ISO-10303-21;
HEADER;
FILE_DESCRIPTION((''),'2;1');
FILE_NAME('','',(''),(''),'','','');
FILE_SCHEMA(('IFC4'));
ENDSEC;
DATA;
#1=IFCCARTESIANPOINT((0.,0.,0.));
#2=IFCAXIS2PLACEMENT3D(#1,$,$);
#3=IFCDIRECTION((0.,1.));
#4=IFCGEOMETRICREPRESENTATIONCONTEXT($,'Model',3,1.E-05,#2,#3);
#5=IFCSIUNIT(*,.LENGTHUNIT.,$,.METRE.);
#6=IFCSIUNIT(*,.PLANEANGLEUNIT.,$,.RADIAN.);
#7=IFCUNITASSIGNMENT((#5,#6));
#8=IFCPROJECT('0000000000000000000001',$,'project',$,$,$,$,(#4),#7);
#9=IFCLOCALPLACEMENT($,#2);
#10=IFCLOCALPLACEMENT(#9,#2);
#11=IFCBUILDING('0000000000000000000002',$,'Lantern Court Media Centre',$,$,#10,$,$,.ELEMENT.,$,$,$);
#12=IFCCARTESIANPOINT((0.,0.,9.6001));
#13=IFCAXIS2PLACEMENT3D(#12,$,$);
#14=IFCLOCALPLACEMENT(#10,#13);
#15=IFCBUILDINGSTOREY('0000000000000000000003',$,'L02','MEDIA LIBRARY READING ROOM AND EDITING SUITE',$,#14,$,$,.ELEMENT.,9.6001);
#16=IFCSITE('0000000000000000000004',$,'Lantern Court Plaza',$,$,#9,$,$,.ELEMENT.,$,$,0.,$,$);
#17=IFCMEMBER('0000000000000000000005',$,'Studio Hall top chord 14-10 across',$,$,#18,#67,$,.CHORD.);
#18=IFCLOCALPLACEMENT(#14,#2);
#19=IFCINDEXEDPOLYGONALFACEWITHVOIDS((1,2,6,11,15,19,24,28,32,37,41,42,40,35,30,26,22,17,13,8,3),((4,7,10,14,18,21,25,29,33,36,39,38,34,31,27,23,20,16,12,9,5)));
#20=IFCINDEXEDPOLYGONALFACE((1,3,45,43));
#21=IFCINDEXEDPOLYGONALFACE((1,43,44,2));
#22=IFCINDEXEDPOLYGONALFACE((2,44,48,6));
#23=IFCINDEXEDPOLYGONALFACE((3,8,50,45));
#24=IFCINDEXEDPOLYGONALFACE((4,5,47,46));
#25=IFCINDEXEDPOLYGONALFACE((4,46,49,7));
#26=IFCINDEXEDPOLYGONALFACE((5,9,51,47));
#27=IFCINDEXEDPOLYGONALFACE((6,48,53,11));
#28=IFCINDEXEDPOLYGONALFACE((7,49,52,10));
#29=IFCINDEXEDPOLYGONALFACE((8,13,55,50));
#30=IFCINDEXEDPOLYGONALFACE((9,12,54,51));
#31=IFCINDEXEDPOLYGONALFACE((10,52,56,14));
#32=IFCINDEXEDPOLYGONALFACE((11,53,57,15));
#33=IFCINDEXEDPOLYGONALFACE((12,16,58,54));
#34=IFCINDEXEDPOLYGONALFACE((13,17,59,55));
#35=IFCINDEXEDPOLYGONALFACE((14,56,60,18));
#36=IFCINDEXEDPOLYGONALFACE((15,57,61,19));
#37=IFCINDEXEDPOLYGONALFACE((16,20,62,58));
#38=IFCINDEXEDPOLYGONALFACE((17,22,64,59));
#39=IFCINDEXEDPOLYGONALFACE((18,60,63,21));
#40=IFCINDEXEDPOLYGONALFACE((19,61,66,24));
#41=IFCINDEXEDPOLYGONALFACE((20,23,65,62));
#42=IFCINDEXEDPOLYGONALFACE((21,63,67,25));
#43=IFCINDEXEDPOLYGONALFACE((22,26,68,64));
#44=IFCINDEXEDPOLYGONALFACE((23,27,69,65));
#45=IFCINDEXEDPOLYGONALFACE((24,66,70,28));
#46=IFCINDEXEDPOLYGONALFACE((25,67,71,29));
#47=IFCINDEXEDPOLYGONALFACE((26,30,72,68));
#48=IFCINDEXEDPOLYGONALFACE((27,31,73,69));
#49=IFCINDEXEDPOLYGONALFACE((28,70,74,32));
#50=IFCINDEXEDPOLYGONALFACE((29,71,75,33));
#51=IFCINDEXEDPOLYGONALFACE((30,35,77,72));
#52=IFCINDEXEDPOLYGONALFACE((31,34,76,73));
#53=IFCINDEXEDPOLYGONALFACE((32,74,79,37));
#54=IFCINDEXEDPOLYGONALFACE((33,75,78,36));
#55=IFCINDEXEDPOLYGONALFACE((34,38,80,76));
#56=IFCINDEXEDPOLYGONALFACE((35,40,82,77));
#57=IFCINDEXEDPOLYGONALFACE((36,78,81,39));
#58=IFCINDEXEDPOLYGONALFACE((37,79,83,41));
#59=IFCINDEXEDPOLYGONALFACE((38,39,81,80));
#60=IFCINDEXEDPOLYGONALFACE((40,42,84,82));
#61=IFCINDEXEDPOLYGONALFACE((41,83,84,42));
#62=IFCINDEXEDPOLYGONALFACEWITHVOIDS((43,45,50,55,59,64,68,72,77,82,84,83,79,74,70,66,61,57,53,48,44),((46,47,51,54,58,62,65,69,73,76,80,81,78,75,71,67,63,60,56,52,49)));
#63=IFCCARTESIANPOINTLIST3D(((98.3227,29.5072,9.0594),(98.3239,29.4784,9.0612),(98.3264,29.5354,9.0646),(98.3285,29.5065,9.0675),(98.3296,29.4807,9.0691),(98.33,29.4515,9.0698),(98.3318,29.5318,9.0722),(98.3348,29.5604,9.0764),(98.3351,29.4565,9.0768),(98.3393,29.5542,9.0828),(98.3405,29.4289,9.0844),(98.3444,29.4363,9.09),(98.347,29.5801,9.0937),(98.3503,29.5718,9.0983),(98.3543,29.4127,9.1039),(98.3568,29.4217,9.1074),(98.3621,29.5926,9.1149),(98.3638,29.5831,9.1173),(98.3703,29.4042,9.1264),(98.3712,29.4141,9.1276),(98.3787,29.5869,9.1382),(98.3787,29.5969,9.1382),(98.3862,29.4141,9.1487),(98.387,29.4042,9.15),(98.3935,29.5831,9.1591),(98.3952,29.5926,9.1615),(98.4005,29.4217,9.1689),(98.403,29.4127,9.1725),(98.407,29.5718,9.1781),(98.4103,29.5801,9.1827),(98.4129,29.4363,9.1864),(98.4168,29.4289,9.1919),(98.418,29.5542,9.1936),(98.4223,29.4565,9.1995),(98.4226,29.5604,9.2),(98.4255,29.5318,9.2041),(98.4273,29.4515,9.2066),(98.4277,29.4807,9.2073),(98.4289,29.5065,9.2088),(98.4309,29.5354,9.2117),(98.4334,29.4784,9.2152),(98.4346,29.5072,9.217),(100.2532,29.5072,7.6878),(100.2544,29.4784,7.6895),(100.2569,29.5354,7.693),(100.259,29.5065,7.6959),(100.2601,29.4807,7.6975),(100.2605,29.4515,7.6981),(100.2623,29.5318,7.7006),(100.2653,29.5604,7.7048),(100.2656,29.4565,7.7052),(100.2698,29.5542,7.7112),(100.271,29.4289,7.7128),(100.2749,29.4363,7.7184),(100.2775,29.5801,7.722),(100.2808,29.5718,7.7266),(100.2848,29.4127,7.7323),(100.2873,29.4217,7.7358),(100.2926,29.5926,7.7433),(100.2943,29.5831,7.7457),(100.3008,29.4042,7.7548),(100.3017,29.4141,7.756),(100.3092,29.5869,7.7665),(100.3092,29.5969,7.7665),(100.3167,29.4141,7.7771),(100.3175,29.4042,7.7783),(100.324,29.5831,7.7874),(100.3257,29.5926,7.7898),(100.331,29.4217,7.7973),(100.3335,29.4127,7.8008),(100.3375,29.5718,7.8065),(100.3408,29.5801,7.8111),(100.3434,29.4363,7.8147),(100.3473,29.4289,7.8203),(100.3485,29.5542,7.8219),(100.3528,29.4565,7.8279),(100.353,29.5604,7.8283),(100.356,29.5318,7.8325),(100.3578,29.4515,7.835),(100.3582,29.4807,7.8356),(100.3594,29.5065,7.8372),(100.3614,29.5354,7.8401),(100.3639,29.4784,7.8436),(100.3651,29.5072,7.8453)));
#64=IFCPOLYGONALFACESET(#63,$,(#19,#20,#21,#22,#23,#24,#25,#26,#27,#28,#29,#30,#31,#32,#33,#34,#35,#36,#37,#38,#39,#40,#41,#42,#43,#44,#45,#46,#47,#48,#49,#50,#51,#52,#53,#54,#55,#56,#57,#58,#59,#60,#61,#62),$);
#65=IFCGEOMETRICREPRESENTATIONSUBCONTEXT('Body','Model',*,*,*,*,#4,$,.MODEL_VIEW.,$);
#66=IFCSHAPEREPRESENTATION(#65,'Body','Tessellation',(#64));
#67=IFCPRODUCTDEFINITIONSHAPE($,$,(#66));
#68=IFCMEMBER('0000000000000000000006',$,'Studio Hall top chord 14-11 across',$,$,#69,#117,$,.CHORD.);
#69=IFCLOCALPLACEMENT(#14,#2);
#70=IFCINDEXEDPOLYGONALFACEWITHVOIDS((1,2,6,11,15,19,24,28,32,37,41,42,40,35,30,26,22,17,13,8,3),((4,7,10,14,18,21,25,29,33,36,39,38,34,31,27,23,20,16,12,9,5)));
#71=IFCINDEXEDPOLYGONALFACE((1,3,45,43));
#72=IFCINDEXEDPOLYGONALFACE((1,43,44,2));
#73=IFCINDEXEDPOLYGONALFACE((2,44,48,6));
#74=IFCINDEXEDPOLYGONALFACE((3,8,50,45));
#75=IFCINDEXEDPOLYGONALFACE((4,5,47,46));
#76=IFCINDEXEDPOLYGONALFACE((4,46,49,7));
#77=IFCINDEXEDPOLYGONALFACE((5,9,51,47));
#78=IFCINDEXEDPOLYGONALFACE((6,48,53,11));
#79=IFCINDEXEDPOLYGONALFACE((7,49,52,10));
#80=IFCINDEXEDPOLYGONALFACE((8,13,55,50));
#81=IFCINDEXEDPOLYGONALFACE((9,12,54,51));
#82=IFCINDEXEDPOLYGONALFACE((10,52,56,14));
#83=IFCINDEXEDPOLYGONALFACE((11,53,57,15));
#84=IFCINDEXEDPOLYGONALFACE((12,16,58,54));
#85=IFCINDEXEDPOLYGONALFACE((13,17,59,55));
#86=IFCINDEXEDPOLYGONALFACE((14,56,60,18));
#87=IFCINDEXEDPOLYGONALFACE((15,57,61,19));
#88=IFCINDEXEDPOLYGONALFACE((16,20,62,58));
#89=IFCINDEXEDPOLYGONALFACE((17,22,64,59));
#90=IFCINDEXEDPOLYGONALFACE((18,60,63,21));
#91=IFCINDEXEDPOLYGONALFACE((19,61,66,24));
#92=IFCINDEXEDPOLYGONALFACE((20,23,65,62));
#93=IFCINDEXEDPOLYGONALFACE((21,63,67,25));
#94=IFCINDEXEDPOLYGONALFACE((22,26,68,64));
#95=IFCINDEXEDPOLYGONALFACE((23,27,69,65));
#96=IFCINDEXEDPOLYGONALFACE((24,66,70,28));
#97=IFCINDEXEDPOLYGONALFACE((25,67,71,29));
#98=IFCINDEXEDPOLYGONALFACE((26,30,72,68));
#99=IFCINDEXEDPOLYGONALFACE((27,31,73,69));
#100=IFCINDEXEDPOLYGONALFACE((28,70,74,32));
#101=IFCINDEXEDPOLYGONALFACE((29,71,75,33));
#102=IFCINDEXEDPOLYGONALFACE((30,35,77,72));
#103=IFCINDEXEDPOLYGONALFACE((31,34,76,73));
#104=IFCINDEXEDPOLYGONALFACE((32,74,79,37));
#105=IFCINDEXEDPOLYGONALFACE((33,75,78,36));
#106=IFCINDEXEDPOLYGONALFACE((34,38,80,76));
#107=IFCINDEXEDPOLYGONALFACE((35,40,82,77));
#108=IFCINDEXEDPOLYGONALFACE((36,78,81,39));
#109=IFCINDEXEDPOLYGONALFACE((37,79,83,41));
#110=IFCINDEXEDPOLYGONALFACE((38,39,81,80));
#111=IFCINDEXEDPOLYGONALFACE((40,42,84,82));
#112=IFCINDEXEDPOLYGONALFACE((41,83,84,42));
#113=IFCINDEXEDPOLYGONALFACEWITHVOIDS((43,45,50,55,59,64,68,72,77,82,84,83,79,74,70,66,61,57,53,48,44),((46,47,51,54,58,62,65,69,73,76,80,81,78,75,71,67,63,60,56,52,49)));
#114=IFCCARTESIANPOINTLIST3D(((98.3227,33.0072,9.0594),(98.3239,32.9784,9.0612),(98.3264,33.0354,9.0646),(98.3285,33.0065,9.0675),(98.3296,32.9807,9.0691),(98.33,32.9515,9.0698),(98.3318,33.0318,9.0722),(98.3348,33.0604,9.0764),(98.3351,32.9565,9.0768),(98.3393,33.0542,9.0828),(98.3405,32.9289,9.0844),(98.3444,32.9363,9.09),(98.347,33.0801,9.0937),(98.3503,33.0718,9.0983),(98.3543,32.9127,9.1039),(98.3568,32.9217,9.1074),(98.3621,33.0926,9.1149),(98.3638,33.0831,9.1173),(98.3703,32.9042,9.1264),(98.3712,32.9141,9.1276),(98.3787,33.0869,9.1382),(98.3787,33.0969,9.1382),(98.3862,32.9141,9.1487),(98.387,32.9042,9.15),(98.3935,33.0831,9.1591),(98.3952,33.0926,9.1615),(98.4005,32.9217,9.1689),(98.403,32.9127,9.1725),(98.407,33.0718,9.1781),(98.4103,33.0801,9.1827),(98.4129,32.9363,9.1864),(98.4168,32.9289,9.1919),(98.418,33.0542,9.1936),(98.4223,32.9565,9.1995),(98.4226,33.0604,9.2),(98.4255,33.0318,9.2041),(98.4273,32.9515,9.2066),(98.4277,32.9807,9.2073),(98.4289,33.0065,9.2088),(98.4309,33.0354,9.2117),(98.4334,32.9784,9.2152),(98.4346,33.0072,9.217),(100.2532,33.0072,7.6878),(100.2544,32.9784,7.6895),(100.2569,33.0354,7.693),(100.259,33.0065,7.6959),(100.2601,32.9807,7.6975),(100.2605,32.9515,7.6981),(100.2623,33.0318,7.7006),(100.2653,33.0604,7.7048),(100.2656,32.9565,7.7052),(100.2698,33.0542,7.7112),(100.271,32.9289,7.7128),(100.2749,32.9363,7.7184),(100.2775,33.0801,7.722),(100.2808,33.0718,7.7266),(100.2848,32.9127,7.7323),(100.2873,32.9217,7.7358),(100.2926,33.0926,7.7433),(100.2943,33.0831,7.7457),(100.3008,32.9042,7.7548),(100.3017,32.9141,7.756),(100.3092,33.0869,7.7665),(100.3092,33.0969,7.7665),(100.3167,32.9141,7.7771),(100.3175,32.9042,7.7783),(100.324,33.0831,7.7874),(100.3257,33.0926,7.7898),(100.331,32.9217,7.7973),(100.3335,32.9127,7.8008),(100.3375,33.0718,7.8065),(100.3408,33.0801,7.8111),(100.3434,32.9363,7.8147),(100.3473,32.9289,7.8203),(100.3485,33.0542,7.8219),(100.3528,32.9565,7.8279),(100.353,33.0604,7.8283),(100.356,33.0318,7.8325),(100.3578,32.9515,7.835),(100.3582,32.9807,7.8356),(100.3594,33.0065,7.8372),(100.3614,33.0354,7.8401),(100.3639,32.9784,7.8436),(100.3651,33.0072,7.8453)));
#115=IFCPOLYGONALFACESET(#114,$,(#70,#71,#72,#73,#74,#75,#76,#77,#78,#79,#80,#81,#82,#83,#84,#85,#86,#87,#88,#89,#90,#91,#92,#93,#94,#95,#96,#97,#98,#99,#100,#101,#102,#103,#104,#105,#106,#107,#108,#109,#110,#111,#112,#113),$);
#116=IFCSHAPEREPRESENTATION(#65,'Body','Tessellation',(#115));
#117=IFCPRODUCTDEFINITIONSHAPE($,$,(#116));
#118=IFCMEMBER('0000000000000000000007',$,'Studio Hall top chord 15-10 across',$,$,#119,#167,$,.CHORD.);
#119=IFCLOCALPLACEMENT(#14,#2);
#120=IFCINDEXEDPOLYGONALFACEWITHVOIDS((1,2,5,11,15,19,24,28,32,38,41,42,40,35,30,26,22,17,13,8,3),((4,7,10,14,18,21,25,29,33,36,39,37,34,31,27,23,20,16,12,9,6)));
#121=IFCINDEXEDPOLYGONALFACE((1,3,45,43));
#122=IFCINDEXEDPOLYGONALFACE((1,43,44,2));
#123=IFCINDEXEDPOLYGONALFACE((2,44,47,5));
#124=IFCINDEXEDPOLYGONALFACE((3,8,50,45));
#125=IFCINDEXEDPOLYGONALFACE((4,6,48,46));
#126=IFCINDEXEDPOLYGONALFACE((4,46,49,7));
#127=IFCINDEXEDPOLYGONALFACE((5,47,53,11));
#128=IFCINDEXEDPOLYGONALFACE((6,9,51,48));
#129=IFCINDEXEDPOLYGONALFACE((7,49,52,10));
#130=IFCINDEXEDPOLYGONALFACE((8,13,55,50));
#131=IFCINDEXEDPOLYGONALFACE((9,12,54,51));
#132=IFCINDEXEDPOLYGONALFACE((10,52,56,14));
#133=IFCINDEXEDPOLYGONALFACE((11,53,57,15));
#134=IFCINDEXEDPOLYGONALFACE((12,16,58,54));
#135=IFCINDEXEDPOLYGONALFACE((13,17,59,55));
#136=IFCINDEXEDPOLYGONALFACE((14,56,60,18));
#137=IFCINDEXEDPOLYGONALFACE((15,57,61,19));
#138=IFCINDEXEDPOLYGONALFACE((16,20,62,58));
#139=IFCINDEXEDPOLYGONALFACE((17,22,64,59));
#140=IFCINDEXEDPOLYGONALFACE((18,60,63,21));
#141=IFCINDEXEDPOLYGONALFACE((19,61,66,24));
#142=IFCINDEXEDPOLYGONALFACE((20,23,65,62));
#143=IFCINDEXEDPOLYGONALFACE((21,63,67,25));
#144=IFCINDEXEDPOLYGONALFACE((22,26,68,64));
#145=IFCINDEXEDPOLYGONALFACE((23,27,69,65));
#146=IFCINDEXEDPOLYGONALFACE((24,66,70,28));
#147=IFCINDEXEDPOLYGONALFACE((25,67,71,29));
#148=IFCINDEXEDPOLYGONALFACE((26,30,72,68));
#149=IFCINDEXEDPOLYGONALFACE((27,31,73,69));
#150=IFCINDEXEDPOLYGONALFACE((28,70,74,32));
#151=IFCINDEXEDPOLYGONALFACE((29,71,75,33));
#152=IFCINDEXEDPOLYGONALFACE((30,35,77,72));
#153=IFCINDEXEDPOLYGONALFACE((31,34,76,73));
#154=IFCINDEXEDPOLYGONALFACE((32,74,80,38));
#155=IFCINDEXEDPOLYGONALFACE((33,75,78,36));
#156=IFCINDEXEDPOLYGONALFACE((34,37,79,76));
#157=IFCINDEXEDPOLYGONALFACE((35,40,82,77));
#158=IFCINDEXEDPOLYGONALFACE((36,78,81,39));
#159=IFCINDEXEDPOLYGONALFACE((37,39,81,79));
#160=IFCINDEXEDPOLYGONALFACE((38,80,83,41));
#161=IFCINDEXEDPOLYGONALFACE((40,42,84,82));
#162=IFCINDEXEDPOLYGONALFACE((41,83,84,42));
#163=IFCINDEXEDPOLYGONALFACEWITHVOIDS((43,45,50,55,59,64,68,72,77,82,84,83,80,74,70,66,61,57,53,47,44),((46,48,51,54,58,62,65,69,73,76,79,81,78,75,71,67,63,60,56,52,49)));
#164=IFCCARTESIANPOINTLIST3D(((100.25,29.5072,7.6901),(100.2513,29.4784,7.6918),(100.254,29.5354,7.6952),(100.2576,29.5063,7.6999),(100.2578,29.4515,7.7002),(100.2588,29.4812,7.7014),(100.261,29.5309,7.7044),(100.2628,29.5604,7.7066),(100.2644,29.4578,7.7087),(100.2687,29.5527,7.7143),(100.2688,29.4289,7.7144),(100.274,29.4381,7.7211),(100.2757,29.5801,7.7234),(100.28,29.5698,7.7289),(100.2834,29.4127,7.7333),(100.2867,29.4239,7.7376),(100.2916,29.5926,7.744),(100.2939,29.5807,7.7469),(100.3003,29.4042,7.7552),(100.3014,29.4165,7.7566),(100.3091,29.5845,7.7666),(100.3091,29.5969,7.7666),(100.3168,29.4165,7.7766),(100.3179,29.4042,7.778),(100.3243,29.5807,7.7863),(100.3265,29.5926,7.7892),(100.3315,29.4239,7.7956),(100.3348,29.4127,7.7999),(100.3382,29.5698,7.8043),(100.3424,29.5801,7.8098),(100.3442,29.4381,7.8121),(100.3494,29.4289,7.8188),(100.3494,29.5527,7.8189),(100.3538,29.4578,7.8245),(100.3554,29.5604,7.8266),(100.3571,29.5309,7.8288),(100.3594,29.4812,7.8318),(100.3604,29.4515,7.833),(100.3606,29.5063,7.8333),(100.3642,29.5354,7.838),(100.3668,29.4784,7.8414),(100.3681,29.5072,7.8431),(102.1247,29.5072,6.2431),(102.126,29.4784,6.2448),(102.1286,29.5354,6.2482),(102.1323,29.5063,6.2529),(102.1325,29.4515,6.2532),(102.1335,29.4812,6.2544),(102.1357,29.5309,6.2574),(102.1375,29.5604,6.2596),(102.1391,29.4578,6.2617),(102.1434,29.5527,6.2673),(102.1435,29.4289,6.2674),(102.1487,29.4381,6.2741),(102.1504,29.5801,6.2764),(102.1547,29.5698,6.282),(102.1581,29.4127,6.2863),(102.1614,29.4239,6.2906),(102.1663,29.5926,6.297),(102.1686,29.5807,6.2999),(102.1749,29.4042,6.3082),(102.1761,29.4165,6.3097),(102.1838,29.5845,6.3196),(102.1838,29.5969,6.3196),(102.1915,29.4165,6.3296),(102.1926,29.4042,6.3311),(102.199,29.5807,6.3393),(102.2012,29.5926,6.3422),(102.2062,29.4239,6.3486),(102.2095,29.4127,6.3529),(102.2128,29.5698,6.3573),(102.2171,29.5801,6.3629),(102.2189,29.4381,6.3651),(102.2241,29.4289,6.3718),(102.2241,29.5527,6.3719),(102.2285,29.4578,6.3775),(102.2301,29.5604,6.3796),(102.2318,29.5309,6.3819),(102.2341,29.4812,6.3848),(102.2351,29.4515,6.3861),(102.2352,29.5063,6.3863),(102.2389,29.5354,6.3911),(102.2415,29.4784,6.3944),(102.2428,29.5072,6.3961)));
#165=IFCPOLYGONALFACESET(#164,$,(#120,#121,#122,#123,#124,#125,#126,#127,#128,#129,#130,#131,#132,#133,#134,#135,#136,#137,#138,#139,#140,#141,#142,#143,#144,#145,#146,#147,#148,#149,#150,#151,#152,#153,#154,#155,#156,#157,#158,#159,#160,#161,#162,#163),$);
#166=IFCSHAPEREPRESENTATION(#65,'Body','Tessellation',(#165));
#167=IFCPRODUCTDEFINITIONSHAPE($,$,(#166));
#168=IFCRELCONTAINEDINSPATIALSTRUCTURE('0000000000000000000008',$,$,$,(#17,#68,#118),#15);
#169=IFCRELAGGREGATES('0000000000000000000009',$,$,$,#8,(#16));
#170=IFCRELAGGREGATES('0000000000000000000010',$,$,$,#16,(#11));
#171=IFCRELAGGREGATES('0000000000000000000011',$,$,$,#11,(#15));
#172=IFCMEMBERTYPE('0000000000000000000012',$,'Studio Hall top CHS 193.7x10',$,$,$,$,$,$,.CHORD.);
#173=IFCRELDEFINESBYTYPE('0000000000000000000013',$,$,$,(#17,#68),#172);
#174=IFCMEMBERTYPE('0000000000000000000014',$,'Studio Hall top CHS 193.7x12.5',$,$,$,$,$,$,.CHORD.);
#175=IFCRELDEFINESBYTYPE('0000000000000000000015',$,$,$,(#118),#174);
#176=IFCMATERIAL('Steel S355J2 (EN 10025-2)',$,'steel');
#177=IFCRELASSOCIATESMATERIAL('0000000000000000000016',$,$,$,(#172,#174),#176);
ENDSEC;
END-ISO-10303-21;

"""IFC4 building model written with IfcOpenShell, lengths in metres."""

from ifc_helpers import new_model, si_unit, direction, frame, origin, origin_2d, place, context, subcontext, project, spatial, hollow_circle, extrude, material, material_profile, profile_set, type_object, element, save


model = new_model("IFC4")

# Units and contexts
model_context = context("Model", 3, precision=1e-05, world=origin(), true_north=direction((0.0, 1.0)))
body_context = subcontext(model_context, "Body", "Model", "MODEL_VIEW")
ifc_project = project(units=[si_unit("LENGTHUNIT", "METRE"), si_unit("PLANEANGLEUNIT", "RADIAN")], contexts=[model_context])

# Site, building, storey
site_placement = place(None, origin())
site = spatial("IfcSite", under=ifc_project, at=site_placement, Name="Lantern Court Plaza", CompositionType="ELEMENT", RefElevation=0.0)
building_placement = place(site_placement, origin())
building = spatial("IfcBuilding", under=site, at=building_placement, Name="Lantern Court Media Centre", CompositionType="ELEMENT")
storey_placement = place(building_placement, frame((0.0, 0.0, 9.6001)))
storey = spatial("IfcBuildingStorey", under=building, at=storey_placement, Name="L02", Description="MEDIA LIBRARY READING ROOM AND EDITING SUITE", CompositionType="ELEMENT", Elevation=9.6001)

# Members
ifc_material = material(Name="Steel S355J2 (EN 10025-2)", Category="steel")
ifc_material_profile_1 = material_profile(ifc_material, hollow_circle(Radius=0.0969, WallThickness=0.01, at=origin_2d()), Name="Studio Hall top CHS 193.7x10")
ifc_profile_set_1 = profile_set([ifc_material_profile_1], Name="Steel S355J2 (EN 10025-2)")
member_type_1 = type_object("IfcMemberType", Name="Studio Hall top CHS 193.7x10", PredefinedType="CHORD", material=ifc_profile_set_1)
for number, where, z_axis, x_axis, name in (
    (1, (98.3787, 29.5, 9.1382), (0.815187, 0.0, -0.579198), (0.0, 1.0, 0.0), "Studio Hall top chord 14-10 across"),
    (2, (98.3787, 33.0, 9.1382), (0.815187, 0.0, -0.579198), (0.0, 1.0, 0.0), "Studio Hall top chord 14-11 across"),
):
    element("IfcMember", number, at=place(storey_placement, frame(where, z_axis=z_axis, x_axis=x_axis)), inside=storey, type_object=member_type_1, Name=name, PredefinedType="CHORD", context=body_context, shape_type="SweptSolid", body=[
        extrude(hollow_circle(Radius=0.0969, WallThickness=0.01, at=origin_2d()), origin(), (0.0, 0.0, 1.0), 2.3682),
    ])
ifc_material_profile_2 = material_profile(ifc_material, hollow_circle(Radius=0.0969, WallThickness=0.0125, at=origin_2d()), Name="Studio Hall top CHS 193.7x12.5")
ifc_profile_set_2 = profile_set([ifc_material_profile_2], Name="Steel S355J2 (EN 10025-2)")
member_type_2 = type_object("IfcMemberType", Name="Studio Hall top CHS 193.7x12.5", PredefinedType="CHORD", material=ifc_profile_set_2)
for number, where, z_axis, x_axis, name in (
    (3, (100.3091, 29.5, 7.7666), (0.791623, 0.0, -0.61101), (0.0, 1.0, 0.0), "Studio Hall top chord 15-10 across"),
):
    element("IfcMember", number, at=place(storey_placement, frame(where, z_axis=z_axis, x_axis=x_axis)), inside=storey, type_object=member_type_2, Name=name, PredefinedType="CHORD", context=body_context, shape_type="SweptSolid", body=[
        extrude(hollow_circle(Radius=0.0969, WallThickness=0.0125, at=origin_2d()), origin(), (0.0, 0.0, 1.0), 2.3682),
    ])

save(model, "model.ifc")
